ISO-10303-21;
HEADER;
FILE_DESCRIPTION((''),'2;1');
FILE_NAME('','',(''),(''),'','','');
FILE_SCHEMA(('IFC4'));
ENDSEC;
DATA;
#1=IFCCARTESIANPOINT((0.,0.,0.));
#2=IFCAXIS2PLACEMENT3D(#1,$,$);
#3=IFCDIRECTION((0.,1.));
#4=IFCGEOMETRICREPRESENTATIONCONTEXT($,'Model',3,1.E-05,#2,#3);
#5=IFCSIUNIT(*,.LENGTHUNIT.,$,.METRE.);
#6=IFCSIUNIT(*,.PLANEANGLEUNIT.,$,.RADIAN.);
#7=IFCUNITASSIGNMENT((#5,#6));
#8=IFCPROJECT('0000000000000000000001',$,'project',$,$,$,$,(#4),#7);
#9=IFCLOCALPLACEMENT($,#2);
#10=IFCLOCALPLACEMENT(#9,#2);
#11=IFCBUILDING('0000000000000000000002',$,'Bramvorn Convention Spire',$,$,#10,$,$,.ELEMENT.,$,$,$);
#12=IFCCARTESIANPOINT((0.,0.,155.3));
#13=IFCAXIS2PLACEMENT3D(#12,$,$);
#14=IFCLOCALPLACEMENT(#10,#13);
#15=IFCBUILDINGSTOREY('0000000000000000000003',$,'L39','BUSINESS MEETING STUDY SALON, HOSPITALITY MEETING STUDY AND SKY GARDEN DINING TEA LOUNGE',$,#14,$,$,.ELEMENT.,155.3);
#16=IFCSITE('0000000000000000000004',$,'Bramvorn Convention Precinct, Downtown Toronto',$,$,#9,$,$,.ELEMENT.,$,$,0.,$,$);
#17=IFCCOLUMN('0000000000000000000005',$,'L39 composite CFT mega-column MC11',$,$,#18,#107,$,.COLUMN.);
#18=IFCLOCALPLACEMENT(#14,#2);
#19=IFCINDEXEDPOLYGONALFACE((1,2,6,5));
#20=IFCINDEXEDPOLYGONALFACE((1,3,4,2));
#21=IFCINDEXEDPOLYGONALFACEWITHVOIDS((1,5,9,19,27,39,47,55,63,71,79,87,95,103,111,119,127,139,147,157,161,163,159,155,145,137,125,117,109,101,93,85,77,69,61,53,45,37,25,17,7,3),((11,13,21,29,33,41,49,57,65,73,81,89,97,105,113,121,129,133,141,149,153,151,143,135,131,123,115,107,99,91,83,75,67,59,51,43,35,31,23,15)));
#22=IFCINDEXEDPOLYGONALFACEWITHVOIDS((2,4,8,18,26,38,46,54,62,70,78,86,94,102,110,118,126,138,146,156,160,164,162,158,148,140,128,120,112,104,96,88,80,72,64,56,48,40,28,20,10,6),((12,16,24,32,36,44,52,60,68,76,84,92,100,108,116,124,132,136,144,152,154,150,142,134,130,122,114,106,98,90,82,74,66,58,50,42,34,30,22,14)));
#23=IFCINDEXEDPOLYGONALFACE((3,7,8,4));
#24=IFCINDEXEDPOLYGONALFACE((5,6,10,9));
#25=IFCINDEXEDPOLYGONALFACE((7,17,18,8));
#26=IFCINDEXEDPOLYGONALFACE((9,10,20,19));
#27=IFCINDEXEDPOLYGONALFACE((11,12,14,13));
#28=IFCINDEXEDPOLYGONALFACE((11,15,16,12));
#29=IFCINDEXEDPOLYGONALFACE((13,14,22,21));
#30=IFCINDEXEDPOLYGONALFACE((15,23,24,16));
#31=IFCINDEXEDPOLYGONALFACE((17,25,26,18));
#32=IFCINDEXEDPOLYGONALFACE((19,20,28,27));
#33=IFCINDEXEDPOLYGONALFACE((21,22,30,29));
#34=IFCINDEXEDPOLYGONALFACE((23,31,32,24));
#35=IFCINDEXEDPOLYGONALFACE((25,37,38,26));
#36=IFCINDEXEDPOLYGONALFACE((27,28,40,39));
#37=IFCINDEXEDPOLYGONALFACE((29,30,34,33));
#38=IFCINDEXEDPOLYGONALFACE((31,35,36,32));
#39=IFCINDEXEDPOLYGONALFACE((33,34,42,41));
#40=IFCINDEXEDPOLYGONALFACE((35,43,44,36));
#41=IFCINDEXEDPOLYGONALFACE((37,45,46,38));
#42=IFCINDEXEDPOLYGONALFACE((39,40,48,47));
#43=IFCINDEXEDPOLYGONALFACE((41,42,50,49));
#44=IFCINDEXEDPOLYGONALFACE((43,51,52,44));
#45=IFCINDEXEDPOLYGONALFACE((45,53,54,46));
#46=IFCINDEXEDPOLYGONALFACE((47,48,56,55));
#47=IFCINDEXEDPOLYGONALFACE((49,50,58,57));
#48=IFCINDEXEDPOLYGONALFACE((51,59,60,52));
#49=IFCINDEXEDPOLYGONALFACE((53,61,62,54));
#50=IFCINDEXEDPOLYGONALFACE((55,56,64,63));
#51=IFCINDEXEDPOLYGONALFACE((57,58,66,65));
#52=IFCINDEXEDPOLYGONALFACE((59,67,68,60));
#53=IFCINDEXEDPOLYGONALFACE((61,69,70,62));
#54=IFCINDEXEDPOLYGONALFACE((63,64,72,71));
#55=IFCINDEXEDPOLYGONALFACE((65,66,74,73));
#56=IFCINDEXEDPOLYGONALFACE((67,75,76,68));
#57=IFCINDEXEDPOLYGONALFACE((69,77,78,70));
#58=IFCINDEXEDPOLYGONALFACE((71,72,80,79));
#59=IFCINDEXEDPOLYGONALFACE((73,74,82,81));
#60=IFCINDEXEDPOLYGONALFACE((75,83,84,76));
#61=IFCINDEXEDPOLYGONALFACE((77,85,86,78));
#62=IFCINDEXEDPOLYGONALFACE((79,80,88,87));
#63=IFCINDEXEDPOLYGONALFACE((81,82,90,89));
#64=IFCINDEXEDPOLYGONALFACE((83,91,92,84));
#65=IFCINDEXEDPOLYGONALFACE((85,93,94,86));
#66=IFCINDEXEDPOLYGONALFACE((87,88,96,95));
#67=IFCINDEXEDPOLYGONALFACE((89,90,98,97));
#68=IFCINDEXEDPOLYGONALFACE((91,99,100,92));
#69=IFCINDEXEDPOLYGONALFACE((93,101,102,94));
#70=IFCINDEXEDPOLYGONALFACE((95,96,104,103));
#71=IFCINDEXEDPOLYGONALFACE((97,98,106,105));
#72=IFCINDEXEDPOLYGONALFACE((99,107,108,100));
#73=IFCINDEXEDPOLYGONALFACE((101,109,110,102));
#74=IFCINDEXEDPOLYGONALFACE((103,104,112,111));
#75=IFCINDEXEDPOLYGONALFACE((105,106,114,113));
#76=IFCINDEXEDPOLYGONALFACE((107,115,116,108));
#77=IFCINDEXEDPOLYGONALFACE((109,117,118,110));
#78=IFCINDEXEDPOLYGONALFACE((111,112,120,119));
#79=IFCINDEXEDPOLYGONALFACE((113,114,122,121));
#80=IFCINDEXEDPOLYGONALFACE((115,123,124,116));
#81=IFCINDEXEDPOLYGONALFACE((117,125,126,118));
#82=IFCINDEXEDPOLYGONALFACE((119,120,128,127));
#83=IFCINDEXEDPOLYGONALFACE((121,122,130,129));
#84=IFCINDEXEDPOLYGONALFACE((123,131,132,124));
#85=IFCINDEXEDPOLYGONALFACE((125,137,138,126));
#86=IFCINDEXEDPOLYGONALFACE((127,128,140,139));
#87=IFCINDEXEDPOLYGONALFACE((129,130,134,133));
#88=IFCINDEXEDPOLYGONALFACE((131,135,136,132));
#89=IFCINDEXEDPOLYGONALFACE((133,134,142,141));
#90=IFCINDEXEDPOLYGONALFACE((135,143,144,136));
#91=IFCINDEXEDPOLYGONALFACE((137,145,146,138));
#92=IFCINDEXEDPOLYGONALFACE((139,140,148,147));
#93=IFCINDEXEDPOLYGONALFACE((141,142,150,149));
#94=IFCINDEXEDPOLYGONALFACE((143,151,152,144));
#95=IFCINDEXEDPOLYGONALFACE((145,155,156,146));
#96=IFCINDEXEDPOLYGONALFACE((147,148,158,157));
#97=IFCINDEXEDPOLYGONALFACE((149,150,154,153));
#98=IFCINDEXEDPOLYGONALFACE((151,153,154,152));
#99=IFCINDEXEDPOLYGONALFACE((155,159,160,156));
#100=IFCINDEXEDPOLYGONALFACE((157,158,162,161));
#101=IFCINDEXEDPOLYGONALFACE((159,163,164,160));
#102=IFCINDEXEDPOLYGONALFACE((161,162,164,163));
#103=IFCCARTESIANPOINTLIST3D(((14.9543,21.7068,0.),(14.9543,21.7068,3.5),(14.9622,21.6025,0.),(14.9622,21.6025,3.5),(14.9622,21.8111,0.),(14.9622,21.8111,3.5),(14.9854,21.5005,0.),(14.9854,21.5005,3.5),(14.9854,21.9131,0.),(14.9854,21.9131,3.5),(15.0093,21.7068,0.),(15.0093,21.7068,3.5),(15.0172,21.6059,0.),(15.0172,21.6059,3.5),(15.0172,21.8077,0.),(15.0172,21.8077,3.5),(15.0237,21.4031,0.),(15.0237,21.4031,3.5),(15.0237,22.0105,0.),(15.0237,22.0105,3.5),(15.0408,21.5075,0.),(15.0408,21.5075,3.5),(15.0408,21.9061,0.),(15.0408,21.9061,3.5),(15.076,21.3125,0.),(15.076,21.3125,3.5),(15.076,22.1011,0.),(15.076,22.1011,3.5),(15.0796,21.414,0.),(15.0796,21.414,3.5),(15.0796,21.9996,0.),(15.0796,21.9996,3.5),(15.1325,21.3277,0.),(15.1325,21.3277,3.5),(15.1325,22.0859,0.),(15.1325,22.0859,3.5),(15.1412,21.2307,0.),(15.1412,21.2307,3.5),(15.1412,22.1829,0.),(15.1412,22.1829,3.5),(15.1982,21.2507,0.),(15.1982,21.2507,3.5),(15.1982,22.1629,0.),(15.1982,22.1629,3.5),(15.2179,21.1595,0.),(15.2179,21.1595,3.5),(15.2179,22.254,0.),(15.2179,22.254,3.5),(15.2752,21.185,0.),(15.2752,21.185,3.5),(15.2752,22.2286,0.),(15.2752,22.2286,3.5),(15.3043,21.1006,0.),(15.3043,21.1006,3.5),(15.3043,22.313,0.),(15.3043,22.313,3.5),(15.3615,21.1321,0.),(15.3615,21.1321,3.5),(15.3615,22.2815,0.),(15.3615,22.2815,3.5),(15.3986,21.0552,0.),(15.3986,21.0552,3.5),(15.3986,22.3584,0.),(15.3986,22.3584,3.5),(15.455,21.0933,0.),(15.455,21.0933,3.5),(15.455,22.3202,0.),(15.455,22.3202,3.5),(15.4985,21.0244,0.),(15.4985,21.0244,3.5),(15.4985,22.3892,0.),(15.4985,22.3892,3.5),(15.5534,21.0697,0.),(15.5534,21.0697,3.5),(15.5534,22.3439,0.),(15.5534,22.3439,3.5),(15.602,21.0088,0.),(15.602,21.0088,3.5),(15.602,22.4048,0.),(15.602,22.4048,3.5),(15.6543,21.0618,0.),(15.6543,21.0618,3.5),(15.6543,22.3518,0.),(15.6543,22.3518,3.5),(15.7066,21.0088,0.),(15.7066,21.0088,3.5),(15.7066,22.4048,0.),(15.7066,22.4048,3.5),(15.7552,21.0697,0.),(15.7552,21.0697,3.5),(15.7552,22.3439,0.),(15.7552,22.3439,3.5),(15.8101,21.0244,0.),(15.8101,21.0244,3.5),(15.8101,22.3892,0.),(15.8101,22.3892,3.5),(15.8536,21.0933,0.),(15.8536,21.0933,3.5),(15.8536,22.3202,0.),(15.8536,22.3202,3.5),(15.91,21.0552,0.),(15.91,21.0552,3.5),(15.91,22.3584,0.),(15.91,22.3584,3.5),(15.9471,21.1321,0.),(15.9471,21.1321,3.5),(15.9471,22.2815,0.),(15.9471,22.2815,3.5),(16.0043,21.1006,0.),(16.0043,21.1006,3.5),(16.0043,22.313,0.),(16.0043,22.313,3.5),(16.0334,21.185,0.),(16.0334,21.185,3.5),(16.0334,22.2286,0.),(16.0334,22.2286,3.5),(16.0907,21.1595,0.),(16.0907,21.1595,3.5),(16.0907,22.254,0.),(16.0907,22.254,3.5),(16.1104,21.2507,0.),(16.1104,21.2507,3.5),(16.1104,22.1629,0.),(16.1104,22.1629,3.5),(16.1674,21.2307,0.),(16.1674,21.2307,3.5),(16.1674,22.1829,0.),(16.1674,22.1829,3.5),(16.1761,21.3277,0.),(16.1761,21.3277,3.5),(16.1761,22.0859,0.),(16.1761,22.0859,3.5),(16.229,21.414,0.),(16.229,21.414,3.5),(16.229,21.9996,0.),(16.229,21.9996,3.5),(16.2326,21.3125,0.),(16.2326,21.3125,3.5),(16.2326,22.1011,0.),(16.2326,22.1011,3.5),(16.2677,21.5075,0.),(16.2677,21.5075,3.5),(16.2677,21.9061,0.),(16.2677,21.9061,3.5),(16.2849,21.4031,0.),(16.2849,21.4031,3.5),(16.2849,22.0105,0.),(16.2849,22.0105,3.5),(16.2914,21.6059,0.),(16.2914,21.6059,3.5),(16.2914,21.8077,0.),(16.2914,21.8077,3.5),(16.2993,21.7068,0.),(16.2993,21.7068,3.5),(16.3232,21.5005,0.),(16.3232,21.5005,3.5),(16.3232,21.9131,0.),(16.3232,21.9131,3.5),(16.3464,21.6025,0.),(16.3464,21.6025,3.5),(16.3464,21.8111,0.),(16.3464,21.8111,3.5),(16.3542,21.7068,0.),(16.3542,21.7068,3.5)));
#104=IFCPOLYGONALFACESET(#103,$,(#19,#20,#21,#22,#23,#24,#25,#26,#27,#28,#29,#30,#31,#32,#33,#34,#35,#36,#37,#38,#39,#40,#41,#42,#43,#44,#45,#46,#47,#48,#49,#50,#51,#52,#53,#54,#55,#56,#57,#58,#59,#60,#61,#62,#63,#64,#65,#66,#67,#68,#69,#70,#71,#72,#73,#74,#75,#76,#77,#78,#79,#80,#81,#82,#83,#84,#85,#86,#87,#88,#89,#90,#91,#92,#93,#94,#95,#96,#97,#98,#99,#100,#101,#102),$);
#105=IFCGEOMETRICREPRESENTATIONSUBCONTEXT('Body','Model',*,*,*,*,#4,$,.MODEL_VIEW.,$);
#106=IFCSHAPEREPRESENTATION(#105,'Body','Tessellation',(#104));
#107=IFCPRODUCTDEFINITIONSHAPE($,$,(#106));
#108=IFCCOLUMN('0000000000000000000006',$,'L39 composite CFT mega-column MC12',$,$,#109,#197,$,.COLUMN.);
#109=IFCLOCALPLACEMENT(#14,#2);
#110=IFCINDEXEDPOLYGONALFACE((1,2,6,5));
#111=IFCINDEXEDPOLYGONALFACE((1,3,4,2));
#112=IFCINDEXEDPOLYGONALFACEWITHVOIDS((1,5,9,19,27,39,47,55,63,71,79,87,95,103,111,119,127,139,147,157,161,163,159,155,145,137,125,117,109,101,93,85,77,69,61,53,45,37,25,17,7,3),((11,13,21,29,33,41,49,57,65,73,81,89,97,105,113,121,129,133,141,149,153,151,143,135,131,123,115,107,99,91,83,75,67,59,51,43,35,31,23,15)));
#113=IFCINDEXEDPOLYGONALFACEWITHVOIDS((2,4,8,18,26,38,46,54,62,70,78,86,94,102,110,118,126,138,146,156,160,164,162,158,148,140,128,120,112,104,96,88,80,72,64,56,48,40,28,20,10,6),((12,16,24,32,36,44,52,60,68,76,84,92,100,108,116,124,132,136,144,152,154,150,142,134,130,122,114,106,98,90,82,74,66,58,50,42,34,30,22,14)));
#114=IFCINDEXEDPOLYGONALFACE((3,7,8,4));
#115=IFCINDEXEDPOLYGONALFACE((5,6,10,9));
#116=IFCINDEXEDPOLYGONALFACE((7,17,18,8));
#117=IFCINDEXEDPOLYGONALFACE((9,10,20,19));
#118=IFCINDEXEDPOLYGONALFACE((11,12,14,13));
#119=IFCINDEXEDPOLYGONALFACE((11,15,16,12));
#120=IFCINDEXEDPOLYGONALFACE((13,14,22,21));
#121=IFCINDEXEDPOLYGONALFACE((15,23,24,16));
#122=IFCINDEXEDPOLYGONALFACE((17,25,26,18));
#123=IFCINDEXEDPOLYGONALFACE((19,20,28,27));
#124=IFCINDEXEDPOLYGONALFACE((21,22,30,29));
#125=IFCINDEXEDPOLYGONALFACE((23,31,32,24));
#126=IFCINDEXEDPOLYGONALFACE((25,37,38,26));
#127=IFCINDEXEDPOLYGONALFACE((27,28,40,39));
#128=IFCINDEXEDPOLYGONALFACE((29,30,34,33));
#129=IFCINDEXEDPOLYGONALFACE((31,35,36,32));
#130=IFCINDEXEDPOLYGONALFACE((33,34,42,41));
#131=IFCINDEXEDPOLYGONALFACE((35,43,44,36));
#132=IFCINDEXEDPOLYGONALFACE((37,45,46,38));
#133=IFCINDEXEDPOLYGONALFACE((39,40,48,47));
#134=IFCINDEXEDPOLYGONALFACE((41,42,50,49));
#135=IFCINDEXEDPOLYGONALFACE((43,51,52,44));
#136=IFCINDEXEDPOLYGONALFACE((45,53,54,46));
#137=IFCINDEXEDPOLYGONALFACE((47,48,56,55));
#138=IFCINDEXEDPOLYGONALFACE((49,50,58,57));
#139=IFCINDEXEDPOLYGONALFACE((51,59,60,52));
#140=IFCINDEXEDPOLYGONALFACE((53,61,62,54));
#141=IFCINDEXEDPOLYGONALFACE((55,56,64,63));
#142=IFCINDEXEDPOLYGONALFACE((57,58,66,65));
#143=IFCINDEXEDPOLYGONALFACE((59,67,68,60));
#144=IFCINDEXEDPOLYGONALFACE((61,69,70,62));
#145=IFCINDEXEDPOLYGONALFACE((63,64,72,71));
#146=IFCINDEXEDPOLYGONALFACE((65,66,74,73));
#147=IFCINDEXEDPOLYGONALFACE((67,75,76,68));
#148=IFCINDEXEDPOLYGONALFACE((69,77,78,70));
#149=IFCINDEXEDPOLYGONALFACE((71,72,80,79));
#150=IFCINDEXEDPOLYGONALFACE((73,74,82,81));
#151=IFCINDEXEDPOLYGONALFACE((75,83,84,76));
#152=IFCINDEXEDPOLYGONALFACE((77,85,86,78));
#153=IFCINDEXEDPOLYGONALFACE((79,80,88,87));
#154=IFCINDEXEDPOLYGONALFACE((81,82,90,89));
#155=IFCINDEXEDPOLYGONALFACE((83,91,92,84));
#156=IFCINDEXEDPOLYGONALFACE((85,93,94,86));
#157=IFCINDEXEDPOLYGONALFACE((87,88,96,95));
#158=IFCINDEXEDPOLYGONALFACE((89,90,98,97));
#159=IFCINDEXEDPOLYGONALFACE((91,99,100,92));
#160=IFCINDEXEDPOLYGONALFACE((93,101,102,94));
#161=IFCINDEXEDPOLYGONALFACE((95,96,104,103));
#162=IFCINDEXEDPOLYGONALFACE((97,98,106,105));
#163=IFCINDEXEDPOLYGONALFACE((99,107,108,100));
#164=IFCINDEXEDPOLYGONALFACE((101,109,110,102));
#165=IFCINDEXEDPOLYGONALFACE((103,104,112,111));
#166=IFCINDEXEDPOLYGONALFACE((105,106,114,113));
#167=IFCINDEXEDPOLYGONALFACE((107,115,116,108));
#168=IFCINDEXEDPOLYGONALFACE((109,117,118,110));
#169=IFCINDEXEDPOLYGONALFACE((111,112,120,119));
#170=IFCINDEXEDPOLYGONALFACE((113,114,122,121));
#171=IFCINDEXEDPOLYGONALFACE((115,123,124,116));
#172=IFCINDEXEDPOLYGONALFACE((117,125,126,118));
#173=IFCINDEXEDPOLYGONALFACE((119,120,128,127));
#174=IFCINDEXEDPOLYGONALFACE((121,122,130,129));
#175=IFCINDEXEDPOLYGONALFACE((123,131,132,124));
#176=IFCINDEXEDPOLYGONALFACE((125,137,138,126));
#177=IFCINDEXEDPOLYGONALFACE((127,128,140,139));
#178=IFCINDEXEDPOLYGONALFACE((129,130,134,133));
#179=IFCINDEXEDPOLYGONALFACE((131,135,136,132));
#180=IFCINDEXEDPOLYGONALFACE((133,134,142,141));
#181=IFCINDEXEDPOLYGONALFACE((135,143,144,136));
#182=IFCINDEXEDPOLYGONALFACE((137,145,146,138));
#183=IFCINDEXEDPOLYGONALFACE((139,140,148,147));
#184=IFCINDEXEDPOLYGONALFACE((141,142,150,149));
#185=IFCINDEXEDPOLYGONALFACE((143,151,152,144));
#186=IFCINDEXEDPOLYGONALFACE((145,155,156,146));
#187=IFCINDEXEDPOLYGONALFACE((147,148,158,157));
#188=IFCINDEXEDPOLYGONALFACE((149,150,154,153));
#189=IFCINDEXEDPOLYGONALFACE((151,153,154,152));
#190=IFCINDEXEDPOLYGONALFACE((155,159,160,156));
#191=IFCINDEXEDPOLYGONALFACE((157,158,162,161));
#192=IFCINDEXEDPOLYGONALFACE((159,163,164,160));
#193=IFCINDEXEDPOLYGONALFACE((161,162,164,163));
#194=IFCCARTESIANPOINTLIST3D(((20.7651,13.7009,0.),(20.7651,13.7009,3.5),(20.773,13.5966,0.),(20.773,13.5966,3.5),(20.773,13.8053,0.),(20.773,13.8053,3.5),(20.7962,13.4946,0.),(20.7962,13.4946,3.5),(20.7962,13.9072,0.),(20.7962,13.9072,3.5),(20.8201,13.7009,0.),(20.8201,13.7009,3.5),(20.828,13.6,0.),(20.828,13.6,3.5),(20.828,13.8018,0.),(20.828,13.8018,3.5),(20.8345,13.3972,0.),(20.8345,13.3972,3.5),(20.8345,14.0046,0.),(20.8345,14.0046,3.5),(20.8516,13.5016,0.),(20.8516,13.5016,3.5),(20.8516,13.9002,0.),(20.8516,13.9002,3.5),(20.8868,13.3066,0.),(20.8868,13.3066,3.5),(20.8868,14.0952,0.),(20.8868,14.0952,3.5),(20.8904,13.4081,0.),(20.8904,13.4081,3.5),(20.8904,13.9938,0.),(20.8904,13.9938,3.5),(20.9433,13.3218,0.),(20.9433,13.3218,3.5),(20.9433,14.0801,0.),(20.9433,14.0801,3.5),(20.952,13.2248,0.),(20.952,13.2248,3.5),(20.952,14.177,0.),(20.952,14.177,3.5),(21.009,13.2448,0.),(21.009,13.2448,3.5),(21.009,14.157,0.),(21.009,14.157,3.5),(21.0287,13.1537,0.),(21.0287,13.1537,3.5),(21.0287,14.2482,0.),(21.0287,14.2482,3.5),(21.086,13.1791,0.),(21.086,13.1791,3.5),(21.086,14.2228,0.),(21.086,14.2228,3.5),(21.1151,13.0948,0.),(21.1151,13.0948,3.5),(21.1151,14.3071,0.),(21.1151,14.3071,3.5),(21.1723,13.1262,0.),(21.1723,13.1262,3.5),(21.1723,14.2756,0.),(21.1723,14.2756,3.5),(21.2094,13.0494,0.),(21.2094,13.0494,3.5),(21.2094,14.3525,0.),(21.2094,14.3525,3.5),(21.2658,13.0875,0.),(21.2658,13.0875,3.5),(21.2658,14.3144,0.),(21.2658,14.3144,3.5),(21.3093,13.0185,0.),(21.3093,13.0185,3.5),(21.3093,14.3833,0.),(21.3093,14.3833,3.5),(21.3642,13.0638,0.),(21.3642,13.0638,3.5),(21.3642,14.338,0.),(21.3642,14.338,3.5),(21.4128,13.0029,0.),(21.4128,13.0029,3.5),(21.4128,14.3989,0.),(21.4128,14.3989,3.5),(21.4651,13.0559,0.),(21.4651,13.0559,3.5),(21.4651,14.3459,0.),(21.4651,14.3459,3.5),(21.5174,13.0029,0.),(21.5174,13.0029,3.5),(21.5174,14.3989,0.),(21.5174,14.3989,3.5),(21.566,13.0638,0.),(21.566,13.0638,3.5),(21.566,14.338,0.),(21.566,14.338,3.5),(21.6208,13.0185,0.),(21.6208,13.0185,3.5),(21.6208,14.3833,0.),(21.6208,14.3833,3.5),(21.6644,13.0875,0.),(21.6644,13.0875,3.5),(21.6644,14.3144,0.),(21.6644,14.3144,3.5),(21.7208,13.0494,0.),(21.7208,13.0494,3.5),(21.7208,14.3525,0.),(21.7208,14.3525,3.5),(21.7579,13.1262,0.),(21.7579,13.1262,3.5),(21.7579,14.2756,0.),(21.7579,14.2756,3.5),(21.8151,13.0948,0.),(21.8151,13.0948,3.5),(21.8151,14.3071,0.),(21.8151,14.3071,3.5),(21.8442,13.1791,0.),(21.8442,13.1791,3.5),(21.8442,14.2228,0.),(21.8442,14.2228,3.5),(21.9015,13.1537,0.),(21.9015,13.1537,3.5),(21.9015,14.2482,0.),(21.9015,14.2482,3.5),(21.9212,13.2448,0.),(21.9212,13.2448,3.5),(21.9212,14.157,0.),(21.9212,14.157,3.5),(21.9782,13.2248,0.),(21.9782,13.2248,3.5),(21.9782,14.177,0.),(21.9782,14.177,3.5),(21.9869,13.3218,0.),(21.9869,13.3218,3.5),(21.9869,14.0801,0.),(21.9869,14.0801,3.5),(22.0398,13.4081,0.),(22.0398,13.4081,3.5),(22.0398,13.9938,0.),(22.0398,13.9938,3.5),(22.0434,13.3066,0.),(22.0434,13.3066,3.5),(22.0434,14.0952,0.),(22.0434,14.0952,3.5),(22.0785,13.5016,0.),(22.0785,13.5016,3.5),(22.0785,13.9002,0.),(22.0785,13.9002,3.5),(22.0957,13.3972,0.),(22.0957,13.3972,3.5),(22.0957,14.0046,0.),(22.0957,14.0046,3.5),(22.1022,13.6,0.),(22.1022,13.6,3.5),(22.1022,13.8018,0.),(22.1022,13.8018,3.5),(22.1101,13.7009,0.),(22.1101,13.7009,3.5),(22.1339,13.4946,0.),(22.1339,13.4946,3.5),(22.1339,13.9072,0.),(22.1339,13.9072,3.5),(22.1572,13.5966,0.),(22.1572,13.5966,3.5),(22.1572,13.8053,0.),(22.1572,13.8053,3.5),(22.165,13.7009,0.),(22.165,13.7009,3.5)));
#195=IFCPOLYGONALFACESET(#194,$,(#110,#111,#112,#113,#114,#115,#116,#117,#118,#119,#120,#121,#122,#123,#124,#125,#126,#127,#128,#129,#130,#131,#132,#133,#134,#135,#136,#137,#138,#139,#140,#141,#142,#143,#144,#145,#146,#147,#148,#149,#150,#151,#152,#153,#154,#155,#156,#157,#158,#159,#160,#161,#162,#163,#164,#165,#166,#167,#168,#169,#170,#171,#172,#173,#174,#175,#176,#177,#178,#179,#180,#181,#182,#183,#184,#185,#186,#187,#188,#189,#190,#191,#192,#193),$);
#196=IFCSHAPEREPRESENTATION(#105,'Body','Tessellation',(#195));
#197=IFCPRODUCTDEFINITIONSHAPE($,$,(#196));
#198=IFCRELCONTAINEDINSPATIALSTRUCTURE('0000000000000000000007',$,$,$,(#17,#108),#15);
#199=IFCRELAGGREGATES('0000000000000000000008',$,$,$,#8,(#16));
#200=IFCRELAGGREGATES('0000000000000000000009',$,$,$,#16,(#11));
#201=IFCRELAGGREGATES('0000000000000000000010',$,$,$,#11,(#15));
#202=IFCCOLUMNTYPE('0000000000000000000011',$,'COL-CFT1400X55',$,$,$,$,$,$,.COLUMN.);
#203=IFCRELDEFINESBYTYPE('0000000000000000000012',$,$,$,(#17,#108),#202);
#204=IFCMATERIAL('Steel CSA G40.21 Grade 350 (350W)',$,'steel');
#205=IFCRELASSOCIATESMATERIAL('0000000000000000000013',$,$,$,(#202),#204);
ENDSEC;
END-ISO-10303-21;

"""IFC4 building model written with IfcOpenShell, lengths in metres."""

from ifc_helpers import new_model, si_unit, direction, frame, origin, origin_2d, place, context, subcontext, project, spatial, hollow_circle, extrude, material, material_profile, profile_set, type_object, element, save


model = new_model("IFC4")

# Units and contexts
model_context = context("Model", 3, precision=1e-05, world=origin(), true_north=direction((0.0, 1.0)))
body_context = subcontext(model_context, "Body", "Model", "MODEL_VIEW")
ifc_project = project(units=[si_unit("LENGTHUNIT", "METRE"), si_unit("PLANEANGLEUNIT", "RADIAN")], contexts=[model_context])

# Site, building, storey
site_placement = place(None, origin())
site = spatial("IfcSite", under=ifc_project, at=site_placement, Name="Bramvorn Convention Precinct, Downtown Toronto", CompositionType="ELEMENT", RefElevation=0.0)
building_placement = place(site_placement, origin())
building = spatial("IfcBuilding", under=site, at=building_placement, Name="Bramvorn Convention Spire", CompositionType="ELEMENT")
storey_placement = place(building_placement, frame((0.0, 0.0, 155.3)))
storey = spatial("IfcBuildingStorey", under=building, at=storey_placement, Name="L39", Description="BUSINESS MEETING STUDY SALON, HOSPITALITY MEETING STUDY AND SKY GARDEN DINING TEA LOUNGE", CompositionType="ELEMENT", Elevation=155.3)

# Columns
ifc_material_1 = material(Name="Steel CSA G40.21 Grade 350 (350W)", Category="steel")
ifc_material_profile_1 = material_profile(ifc_material_1, hollow_circle(Radius=0.7, WallThickness=0.0549, at=origin_2d()))
ifc_profile_set_1 = profile_set([ifc_material_profile_1], Name="Steel CSA G40.21 Grade 350 (350W) - CFT1400X55")
column_type = type_object("IfcColumnType", Name="COL-CFT1400X55", PredefinedType="COLUMN", material=ifc_profile_set_1)
for number, where, z_axis, x_axis, name in (
    (1, (15.6543, 21.7068, 0.0), (0.0, 0.0, 1.0), (1.0, 0.0, 0.0), "L39 composite CFT mega-column MC11"),
    (2, (21.4651, 13.7009, 0.0), (0.0, 0.0, 1.0), (1.0, 0.0, 0.0), "L39 composite CFT mega-column MC12"),
):
    element("IfcColumn", number, at=place(storey_placement, frame(where, z_axis=z_axis, x_axis=x_axis)), inside=storey, type_object=column_type, Name=name, PredefinedType="COLUMN", context=body_context, shape_type="SweptSolid", body=[
        extrude(hollow_circle(Radius=0.7, WallThickness=0.0549, at=origin_2d()), origin(), (0.0, 0.0, 1.0), 3.5),
    ])

save(model, "model.ifc")
